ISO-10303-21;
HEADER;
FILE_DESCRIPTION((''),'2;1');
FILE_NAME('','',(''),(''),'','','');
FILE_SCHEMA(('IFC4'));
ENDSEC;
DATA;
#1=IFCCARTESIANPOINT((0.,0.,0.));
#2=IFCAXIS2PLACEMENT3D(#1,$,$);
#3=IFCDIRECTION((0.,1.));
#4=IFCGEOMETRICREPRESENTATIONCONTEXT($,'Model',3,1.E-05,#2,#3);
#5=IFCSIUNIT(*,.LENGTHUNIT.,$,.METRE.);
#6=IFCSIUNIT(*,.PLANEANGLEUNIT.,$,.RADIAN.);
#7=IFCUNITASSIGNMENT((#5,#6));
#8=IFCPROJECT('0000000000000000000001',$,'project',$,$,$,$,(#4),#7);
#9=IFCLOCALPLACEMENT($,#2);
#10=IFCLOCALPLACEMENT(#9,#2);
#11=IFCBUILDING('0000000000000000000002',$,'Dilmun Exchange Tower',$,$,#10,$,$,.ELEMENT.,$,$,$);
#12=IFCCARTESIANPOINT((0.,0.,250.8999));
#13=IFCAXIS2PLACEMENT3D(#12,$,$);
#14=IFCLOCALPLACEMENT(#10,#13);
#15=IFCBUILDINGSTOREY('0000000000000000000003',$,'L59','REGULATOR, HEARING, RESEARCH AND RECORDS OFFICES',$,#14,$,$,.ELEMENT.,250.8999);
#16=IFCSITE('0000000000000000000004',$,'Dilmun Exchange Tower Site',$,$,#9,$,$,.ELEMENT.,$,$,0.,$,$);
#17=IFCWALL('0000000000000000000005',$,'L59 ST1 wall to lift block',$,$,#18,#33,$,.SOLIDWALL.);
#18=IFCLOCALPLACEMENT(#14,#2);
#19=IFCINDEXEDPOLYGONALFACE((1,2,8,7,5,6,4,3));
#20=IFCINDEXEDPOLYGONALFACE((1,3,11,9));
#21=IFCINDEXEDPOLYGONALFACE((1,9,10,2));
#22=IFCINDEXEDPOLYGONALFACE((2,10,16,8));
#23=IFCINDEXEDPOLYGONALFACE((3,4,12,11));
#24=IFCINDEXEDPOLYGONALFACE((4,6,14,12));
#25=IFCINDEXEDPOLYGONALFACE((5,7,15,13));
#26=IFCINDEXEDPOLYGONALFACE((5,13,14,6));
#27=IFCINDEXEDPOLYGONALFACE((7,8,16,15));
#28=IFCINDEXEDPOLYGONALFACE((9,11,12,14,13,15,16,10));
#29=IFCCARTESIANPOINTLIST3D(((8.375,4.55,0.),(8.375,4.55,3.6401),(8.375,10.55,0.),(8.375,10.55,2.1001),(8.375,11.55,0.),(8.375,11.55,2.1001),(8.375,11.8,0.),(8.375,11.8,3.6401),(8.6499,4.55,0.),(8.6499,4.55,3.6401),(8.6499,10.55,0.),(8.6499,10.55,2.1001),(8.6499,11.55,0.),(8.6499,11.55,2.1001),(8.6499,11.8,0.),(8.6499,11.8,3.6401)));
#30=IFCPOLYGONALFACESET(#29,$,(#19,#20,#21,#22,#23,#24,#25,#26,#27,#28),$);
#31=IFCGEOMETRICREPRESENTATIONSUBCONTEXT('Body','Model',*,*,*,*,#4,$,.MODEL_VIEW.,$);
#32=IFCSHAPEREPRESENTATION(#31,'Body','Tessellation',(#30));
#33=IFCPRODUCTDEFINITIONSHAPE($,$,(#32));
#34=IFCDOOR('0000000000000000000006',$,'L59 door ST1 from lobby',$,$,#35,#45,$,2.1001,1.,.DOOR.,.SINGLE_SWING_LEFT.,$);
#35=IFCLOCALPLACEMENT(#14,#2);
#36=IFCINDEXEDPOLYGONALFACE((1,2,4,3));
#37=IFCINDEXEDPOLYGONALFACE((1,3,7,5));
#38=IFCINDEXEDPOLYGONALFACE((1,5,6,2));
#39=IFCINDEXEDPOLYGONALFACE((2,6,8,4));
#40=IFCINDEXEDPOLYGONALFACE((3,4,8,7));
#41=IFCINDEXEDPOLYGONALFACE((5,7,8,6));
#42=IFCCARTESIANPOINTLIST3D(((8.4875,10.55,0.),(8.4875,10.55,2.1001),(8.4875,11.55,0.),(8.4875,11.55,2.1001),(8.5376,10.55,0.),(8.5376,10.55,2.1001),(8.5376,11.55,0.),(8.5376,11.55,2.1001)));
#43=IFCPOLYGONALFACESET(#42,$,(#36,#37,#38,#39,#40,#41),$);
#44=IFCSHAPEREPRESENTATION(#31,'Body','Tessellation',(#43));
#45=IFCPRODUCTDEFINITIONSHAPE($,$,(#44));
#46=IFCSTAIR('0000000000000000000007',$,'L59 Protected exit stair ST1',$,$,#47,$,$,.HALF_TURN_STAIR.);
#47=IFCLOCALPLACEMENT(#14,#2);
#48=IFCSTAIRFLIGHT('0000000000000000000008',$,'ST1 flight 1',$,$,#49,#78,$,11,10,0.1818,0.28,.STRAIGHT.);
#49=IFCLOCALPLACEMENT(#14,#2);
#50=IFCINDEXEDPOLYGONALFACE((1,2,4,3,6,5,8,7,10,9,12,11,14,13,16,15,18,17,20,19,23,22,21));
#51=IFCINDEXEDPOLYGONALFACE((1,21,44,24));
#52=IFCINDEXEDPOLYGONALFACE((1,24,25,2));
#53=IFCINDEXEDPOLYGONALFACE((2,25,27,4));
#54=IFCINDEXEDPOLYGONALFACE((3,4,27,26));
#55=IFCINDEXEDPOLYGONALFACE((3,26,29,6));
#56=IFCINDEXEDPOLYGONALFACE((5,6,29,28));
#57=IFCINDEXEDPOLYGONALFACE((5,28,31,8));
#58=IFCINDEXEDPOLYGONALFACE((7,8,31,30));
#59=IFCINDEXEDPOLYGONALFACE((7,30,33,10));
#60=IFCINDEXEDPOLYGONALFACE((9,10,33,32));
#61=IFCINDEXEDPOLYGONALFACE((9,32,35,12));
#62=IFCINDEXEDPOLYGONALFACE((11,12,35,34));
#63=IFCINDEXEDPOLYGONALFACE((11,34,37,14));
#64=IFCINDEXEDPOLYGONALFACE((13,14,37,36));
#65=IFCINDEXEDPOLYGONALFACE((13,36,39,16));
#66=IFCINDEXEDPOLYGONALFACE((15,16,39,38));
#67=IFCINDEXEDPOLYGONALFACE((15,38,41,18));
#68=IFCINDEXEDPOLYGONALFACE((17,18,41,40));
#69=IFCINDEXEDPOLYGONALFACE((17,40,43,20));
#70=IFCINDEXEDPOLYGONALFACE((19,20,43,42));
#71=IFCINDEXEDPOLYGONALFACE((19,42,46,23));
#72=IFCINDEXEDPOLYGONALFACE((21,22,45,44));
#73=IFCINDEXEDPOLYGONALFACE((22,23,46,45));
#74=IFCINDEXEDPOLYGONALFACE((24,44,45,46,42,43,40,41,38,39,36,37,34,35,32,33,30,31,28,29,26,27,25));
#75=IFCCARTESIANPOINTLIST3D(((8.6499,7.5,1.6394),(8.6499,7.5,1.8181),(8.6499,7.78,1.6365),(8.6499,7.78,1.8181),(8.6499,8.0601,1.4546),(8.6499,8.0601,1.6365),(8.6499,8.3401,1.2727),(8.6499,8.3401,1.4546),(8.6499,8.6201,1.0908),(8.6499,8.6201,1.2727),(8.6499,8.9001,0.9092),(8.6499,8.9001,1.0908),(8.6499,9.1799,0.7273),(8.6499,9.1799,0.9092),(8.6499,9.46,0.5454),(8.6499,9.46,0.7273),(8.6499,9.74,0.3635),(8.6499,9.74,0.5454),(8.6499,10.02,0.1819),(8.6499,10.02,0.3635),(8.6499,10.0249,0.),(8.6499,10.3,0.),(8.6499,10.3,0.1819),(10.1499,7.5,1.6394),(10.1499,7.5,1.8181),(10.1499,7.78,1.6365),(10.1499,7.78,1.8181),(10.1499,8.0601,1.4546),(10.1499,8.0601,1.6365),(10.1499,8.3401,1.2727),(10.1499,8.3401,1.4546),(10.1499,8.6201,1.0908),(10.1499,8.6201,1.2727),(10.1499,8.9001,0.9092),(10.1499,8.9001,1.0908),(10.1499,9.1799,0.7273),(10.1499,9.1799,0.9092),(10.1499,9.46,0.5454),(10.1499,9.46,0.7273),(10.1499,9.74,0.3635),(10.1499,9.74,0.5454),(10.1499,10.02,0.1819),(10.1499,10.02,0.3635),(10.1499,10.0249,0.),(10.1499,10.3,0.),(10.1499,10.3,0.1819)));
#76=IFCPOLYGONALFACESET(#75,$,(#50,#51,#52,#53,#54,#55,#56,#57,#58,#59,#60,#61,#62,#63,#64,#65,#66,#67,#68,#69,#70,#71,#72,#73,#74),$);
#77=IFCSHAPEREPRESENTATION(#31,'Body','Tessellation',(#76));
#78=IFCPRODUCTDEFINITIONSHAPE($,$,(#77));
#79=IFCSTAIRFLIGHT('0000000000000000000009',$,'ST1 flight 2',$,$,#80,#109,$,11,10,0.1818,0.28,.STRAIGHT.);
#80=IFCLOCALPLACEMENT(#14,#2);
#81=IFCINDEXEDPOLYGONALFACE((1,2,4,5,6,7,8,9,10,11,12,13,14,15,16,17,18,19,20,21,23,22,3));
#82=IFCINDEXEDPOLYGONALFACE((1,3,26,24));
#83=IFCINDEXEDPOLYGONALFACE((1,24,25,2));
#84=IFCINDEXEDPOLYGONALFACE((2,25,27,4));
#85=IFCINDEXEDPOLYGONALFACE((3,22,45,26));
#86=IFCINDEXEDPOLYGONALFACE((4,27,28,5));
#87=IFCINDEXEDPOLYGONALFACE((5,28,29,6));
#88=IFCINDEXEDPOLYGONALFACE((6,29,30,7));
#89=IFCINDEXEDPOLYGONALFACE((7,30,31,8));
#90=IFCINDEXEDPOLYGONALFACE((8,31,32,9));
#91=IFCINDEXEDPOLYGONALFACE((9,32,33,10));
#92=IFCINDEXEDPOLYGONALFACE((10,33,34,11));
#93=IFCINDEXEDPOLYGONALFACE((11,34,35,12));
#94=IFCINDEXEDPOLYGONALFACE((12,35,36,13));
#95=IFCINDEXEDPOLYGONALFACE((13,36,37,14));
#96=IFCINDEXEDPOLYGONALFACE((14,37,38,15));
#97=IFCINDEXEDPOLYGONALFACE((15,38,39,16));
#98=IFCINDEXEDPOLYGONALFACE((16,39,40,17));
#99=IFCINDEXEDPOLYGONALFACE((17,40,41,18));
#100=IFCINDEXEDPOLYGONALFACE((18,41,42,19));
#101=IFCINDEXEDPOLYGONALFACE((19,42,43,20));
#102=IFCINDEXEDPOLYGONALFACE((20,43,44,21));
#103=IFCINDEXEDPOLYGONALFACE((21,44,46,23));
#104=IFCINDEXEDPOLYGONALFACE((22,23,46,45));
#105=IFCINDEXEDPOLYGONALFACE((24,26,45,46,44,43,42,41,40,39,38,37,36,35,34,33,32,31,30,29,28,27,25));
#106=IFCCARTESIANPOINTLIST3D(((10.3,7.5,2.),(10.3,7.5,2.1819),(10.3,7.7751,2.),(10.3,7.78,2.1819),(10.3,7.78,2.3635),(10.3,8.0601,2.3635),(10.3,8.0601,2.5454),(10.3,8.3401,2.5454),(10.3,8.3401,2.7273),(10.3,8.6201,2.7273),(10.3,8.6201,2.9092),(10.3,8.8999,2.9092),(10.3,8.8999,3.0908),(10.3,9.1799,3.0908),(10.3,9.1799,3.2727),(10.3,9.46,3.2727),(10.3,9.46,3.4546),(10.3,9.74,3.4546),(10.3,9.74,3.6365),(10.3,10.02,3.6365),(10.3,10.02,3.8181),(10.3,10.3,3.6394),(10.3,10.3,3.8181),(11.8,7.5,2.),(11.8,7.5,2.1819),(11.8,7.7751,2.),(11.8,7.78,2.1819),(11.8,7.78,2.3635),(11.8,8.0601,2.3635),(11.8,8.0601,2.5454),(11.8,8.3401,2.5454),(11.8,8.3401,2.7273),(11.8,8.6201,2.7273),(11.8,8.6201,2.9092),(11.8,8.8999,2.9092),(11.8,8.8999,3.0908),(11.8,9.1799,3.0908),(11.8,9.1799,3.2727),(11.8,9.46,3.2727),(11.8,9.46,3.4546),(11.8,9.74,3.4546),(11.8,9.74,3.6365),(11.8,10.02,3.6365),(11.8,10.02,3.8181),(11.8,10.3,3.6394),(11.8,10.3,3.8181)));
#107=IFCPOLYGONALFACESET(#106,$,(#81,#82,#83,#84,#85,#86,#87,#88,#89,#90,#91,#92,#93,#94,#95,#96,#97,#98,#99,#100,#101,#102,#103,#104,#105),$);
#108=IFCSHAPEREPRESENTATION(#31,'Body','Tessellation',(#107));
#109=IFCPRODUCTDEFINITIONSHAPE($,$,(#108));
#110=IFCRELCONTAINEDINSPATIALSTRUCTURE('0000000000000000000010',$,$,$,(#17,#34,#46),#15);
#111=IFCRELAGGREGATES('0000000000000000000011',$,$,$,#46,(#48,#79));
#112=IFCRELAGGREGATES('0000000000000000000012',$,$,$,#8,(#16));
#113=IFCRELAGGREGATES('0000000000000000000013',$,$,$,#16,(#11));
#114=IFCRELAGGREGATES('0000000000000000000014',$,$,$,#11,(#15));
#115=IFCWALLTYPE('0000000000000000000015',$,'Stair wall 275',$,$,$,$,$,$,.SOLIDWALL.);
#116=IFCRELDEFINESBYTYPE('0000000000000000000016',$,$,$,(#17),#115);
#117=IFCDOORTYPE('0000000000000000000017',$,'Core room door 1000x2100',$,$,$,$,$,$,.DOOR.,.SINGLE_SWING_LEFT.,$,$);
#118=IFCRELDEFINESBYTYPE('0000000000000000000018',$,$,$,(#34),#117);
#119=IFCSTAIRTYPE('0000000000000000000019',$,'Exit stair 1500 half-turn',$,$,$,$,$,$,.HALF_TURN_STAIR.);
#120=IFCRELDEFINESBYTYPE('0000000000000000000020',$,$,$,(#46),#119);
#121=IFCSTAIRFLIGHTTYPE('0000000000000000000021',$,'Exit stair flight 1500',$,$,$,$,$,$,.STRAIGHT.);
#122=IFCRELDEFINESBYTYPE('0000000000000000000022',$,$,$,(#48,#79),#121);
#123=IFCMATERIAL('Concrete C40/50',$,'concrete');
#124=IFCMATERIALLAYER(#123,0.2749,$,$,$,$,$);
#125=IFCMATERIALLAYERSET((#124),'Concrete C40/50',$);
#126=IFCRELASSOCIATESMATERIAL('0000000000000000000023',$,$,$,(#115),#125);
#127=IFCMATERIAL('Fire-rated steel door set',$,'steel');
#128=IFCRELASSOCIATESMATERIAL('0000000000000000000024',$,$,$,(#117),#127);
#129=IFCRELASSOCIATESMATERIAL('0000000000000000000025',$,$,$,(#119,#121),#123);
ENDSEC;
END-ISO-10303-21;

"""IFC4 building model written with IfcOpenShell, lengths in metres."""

from ifc_helpers import new_model, si_unit, direction, frame, frame_2d, origin, place, context, subcontext, project, spatial, polyline, rectangle, outline, extrude, material, layer, layer_set, type_object, element, fill, aggregate, save


model = new_model("IFC4")

# Units and contexts
model_context = context("Model", 3, precision=1e-05, world=origin(), true_north=direction((0.0, 1.0)))
body_context = subcontext(model_context, "Body", "Model", "MODEL_VIEW")
ifc_project = project(units=[si_unit("LENGTHUNIT", "METRE"), si_unit("PLANEANGLEUNIT", "RADIAN")], contexts=[model_context])

# Site, building, storey
site_placement = place(None, origin())
site = spatial("IfcSite", under=ifc_project, at=site_placement, Name="Dilmun Exchange Tower Site", CompositionType="ELEMENT", RefElevation=0.0)
building_placement = place(site_placement, origin())
building = spatial("IfcBuilding", under=site, at=building_placement, Name="Dilmun Exchange Tower", CompositionType="ELEMENT")
storey_placement = place(building_placement, frame((0.0, 0.0, 250.8999)))
storey = spatial("IfcBuildingStorey", under=building, at=storey_placement, Name="L59", Description="REGULATOR, HEARING, RESEARCH AND RECORDS OFFICES", CompositionType="ELEMENT", Elevation=250.8999)

# Shared definitions
ifc_material_1 = material(Name="Concrete C40/50", Category="concrete")

# Wall, opening, door
ifc_layer_1 = layer(ifc_material_1, 0.2749)
ifc_layer_set_1 = layer_set([ifc_layer_1], Name="Concrete C40/50")
wall_type_1 = type_object("IfcWallType", Name="Stair wall 275", PredefinedType="SOLIDWALL", material=ifc_layer_set_1)
wall_1_placement = place(storey_placement, frame((8.5125, 4.55, 0.0), z_axis=(0.0, 0.0, 1.0), x_axis=(0.0, 1.0, 0.0)))
wall_1 = element("IfcWall", 1, at=wall_1_placement, inside=storey, type_object=wall_type_1, Name="L59 ST1 wall to lift block", PredefinedType="SOLIDWALL", context=body_context, shape_type="SweptSolid", body=[
    extrude(rectangle(XDim=7.25, YDim=0.2749, at=frame_2d((3.625, 0.0))), origin(), (0.0, 0.0, 1.0), 3.6401),
])
opening_1_placement = place(wall_1_placement, frame((6.0, 0.0, 0.0)))
opening_1 = element("IfcOpeningElement", 2, at=opening_1_placement, cuts=wall_1, PredefinedType="OPENING", context=body_context, shape_type="SweptSolid", body=[
    extrude(rectangle(XDim=1.0, YDim=2.1001, at=frame_2d((0.5, 1.05))), frame((0.0, 0.1475, 0.0), z_axis=(0.0, -1.0, 0.0), x_axis=(1.0, 0.0, 0.0)), (0.0, 0.0, 1.0), 0.2949),
])
ifc_material_2 = material(Name="Fire-rated steel door set", Category="steel")
door_type_1 = type_object("IfcDoorType", Name="Core room door 1000x2100", OperationType="SINGLE_SWING_LEFT", PredefinedType="DOOR", material=ifc_material_2)
door_1_placement = place(opening_1_placement, origin())
door_1 = element("IfcDoor", 3, at=door_1_placement, inside=storey, type_object=door_type_1, Name="L59 door ST1 from lobby", OperationType="SINGLE_SWING_LEFT", OverallHeight=2.1001, OverallWidth=1.0, PredefinedType="DOOR", context=body_context, shape_type="SweptSolid", body=[
    extrude(rectangle(XDim=1.0, YDim=2.1001, at=frame_2d((0.5, 1.05))), frame((0.0, 0.0249, 0.0), z_axis=(0.0, -1.0, 0.0), x_axis=(1.0, 0.0, 0.0)), (0.0, 0.0, 1.0), 0.05),
])
fill(opening_1, door_1)

# Stair, stair flights
stair_type = type_object("IfcStairType", Name="Exit stair 1500 half-turn", PredefinedType="HALF_TURN_STAIR", material=ifc_material_1)
stair_placement = place(storey_placement, origin())
stair = element("IfcStair", 4, at=stair_placement, inside=storey, type_object=stair_type, Name="L59 Protected exit stair ST1", PredefinedType="HALF_TURN_STAIR")
stair_flight_type = type_object("IfcStairFlightType", Name="Exit stair flight 1500", PredefinedType="STRAIGHT", material=ifc_material_1)
stair_flight_1_placement = place(storey_placement, frame((9.3999, 10.3, 0.0), z_axis=(0.0, 0.0, 1.0), x_axis=(0.0, -1.0, 0.0)))
stair_flight_1 = element("IfcStairFlight", 5, at=stair_flight_1_placement, type_object=stair_flight_type, Name="ST1 flight 1", NumberOfRisers=11, NumberOfTreads=10, PredefinedType="STRAIGHT", RiserHeight=0.1818, TreadLength=0.28, context=body_context, shape_type="SweptSolid", body=[
    extrude(outline(polyline([(0.0, 0.0), (0.0, 0.1819), (0.28, 0.1819), (0.28, 0.3635), (0.5601, 0.3635), (0.5601, 0.5454), (0.8401, 0.5454), (0.8401, 0.7273), (1.1201, 0.7273), (1.1201, 0.9092), (1.3999, 0.9092), (1.3999, 1.0908), (1.6799, 1.0908), (1.6799, 1.2727), (1.96, 1.2727), (1.96, 1.4546), (2.24, 1.4546), (2.24, 1.6365), (2.52, 1.6365), (2.52, 1.8181), (2.8, 1.8181), (2.8, 2.0), (2.8, 1.6394), (0.2751, 0.0), (0.0, 0.0)])), frame((0.0, 0.75, 0.0), z_axis=(0.0, -1.0, 0.0), x_axis=(1.0, 0.0, 0.0)), (0.0, 0.0, 1.0), 1.5),
])
stair_flight_2_placement = place(storey_placement, frame((11.05, 7.5, 2.0), z_axis=(0.0, 0.0, 1.0), x_axis=(0.0, 1.0, 0.0)))
stair_flight_2 = element("IfcStairFlight", 6, at=stair_flight_2_placement, type_object=stair_flight_type, Name="ST1 flight 2", NumberOfRisers=11, NumberOfTreads=10, PredefinedType="STRAIGHT", RiserHeight=0.1818, TreadLength=0.28, context=body_context, shape_type="SweptSolid", body=[
    extrude(outline(polyline([(0.0, 0.0), (0.0, 0.1819), (0.28, 0.1819), (0.28, 0.3635), (0.5601, 0.3635), (0.5601, 0.5454), (0.8401, 0.5454), (0.8401, 0.7273), (1.1201, 0.7273), (1.1201, 0.9092), (1.3999, 0.9092), (1.3999, 1.0908), (1.6799, 1.0908), (1.6799, 1.2727), (1.96, 1.2727), (1.96, 1.4546), (2.24, 1.4546), (2.24, 1.6365), (2.52, 1.6365), (2.52, 1.8181), (2.8, 1.8181), (2.8, 2.0), (2.8, 1.6394), (0.2751, 0.0), (0.0, 0.0)])), frame((0.0, 0.75, 0.0), z_axis=(0.0, -1.0, 0.0), x_axis=(1.0, 0.0, 0.0)), (0.0, 0.0, 1.0), 1.5),
])
aggregate(stair, [stair_flight_1, stair_flight_2])

save(model, "model.ifc")
